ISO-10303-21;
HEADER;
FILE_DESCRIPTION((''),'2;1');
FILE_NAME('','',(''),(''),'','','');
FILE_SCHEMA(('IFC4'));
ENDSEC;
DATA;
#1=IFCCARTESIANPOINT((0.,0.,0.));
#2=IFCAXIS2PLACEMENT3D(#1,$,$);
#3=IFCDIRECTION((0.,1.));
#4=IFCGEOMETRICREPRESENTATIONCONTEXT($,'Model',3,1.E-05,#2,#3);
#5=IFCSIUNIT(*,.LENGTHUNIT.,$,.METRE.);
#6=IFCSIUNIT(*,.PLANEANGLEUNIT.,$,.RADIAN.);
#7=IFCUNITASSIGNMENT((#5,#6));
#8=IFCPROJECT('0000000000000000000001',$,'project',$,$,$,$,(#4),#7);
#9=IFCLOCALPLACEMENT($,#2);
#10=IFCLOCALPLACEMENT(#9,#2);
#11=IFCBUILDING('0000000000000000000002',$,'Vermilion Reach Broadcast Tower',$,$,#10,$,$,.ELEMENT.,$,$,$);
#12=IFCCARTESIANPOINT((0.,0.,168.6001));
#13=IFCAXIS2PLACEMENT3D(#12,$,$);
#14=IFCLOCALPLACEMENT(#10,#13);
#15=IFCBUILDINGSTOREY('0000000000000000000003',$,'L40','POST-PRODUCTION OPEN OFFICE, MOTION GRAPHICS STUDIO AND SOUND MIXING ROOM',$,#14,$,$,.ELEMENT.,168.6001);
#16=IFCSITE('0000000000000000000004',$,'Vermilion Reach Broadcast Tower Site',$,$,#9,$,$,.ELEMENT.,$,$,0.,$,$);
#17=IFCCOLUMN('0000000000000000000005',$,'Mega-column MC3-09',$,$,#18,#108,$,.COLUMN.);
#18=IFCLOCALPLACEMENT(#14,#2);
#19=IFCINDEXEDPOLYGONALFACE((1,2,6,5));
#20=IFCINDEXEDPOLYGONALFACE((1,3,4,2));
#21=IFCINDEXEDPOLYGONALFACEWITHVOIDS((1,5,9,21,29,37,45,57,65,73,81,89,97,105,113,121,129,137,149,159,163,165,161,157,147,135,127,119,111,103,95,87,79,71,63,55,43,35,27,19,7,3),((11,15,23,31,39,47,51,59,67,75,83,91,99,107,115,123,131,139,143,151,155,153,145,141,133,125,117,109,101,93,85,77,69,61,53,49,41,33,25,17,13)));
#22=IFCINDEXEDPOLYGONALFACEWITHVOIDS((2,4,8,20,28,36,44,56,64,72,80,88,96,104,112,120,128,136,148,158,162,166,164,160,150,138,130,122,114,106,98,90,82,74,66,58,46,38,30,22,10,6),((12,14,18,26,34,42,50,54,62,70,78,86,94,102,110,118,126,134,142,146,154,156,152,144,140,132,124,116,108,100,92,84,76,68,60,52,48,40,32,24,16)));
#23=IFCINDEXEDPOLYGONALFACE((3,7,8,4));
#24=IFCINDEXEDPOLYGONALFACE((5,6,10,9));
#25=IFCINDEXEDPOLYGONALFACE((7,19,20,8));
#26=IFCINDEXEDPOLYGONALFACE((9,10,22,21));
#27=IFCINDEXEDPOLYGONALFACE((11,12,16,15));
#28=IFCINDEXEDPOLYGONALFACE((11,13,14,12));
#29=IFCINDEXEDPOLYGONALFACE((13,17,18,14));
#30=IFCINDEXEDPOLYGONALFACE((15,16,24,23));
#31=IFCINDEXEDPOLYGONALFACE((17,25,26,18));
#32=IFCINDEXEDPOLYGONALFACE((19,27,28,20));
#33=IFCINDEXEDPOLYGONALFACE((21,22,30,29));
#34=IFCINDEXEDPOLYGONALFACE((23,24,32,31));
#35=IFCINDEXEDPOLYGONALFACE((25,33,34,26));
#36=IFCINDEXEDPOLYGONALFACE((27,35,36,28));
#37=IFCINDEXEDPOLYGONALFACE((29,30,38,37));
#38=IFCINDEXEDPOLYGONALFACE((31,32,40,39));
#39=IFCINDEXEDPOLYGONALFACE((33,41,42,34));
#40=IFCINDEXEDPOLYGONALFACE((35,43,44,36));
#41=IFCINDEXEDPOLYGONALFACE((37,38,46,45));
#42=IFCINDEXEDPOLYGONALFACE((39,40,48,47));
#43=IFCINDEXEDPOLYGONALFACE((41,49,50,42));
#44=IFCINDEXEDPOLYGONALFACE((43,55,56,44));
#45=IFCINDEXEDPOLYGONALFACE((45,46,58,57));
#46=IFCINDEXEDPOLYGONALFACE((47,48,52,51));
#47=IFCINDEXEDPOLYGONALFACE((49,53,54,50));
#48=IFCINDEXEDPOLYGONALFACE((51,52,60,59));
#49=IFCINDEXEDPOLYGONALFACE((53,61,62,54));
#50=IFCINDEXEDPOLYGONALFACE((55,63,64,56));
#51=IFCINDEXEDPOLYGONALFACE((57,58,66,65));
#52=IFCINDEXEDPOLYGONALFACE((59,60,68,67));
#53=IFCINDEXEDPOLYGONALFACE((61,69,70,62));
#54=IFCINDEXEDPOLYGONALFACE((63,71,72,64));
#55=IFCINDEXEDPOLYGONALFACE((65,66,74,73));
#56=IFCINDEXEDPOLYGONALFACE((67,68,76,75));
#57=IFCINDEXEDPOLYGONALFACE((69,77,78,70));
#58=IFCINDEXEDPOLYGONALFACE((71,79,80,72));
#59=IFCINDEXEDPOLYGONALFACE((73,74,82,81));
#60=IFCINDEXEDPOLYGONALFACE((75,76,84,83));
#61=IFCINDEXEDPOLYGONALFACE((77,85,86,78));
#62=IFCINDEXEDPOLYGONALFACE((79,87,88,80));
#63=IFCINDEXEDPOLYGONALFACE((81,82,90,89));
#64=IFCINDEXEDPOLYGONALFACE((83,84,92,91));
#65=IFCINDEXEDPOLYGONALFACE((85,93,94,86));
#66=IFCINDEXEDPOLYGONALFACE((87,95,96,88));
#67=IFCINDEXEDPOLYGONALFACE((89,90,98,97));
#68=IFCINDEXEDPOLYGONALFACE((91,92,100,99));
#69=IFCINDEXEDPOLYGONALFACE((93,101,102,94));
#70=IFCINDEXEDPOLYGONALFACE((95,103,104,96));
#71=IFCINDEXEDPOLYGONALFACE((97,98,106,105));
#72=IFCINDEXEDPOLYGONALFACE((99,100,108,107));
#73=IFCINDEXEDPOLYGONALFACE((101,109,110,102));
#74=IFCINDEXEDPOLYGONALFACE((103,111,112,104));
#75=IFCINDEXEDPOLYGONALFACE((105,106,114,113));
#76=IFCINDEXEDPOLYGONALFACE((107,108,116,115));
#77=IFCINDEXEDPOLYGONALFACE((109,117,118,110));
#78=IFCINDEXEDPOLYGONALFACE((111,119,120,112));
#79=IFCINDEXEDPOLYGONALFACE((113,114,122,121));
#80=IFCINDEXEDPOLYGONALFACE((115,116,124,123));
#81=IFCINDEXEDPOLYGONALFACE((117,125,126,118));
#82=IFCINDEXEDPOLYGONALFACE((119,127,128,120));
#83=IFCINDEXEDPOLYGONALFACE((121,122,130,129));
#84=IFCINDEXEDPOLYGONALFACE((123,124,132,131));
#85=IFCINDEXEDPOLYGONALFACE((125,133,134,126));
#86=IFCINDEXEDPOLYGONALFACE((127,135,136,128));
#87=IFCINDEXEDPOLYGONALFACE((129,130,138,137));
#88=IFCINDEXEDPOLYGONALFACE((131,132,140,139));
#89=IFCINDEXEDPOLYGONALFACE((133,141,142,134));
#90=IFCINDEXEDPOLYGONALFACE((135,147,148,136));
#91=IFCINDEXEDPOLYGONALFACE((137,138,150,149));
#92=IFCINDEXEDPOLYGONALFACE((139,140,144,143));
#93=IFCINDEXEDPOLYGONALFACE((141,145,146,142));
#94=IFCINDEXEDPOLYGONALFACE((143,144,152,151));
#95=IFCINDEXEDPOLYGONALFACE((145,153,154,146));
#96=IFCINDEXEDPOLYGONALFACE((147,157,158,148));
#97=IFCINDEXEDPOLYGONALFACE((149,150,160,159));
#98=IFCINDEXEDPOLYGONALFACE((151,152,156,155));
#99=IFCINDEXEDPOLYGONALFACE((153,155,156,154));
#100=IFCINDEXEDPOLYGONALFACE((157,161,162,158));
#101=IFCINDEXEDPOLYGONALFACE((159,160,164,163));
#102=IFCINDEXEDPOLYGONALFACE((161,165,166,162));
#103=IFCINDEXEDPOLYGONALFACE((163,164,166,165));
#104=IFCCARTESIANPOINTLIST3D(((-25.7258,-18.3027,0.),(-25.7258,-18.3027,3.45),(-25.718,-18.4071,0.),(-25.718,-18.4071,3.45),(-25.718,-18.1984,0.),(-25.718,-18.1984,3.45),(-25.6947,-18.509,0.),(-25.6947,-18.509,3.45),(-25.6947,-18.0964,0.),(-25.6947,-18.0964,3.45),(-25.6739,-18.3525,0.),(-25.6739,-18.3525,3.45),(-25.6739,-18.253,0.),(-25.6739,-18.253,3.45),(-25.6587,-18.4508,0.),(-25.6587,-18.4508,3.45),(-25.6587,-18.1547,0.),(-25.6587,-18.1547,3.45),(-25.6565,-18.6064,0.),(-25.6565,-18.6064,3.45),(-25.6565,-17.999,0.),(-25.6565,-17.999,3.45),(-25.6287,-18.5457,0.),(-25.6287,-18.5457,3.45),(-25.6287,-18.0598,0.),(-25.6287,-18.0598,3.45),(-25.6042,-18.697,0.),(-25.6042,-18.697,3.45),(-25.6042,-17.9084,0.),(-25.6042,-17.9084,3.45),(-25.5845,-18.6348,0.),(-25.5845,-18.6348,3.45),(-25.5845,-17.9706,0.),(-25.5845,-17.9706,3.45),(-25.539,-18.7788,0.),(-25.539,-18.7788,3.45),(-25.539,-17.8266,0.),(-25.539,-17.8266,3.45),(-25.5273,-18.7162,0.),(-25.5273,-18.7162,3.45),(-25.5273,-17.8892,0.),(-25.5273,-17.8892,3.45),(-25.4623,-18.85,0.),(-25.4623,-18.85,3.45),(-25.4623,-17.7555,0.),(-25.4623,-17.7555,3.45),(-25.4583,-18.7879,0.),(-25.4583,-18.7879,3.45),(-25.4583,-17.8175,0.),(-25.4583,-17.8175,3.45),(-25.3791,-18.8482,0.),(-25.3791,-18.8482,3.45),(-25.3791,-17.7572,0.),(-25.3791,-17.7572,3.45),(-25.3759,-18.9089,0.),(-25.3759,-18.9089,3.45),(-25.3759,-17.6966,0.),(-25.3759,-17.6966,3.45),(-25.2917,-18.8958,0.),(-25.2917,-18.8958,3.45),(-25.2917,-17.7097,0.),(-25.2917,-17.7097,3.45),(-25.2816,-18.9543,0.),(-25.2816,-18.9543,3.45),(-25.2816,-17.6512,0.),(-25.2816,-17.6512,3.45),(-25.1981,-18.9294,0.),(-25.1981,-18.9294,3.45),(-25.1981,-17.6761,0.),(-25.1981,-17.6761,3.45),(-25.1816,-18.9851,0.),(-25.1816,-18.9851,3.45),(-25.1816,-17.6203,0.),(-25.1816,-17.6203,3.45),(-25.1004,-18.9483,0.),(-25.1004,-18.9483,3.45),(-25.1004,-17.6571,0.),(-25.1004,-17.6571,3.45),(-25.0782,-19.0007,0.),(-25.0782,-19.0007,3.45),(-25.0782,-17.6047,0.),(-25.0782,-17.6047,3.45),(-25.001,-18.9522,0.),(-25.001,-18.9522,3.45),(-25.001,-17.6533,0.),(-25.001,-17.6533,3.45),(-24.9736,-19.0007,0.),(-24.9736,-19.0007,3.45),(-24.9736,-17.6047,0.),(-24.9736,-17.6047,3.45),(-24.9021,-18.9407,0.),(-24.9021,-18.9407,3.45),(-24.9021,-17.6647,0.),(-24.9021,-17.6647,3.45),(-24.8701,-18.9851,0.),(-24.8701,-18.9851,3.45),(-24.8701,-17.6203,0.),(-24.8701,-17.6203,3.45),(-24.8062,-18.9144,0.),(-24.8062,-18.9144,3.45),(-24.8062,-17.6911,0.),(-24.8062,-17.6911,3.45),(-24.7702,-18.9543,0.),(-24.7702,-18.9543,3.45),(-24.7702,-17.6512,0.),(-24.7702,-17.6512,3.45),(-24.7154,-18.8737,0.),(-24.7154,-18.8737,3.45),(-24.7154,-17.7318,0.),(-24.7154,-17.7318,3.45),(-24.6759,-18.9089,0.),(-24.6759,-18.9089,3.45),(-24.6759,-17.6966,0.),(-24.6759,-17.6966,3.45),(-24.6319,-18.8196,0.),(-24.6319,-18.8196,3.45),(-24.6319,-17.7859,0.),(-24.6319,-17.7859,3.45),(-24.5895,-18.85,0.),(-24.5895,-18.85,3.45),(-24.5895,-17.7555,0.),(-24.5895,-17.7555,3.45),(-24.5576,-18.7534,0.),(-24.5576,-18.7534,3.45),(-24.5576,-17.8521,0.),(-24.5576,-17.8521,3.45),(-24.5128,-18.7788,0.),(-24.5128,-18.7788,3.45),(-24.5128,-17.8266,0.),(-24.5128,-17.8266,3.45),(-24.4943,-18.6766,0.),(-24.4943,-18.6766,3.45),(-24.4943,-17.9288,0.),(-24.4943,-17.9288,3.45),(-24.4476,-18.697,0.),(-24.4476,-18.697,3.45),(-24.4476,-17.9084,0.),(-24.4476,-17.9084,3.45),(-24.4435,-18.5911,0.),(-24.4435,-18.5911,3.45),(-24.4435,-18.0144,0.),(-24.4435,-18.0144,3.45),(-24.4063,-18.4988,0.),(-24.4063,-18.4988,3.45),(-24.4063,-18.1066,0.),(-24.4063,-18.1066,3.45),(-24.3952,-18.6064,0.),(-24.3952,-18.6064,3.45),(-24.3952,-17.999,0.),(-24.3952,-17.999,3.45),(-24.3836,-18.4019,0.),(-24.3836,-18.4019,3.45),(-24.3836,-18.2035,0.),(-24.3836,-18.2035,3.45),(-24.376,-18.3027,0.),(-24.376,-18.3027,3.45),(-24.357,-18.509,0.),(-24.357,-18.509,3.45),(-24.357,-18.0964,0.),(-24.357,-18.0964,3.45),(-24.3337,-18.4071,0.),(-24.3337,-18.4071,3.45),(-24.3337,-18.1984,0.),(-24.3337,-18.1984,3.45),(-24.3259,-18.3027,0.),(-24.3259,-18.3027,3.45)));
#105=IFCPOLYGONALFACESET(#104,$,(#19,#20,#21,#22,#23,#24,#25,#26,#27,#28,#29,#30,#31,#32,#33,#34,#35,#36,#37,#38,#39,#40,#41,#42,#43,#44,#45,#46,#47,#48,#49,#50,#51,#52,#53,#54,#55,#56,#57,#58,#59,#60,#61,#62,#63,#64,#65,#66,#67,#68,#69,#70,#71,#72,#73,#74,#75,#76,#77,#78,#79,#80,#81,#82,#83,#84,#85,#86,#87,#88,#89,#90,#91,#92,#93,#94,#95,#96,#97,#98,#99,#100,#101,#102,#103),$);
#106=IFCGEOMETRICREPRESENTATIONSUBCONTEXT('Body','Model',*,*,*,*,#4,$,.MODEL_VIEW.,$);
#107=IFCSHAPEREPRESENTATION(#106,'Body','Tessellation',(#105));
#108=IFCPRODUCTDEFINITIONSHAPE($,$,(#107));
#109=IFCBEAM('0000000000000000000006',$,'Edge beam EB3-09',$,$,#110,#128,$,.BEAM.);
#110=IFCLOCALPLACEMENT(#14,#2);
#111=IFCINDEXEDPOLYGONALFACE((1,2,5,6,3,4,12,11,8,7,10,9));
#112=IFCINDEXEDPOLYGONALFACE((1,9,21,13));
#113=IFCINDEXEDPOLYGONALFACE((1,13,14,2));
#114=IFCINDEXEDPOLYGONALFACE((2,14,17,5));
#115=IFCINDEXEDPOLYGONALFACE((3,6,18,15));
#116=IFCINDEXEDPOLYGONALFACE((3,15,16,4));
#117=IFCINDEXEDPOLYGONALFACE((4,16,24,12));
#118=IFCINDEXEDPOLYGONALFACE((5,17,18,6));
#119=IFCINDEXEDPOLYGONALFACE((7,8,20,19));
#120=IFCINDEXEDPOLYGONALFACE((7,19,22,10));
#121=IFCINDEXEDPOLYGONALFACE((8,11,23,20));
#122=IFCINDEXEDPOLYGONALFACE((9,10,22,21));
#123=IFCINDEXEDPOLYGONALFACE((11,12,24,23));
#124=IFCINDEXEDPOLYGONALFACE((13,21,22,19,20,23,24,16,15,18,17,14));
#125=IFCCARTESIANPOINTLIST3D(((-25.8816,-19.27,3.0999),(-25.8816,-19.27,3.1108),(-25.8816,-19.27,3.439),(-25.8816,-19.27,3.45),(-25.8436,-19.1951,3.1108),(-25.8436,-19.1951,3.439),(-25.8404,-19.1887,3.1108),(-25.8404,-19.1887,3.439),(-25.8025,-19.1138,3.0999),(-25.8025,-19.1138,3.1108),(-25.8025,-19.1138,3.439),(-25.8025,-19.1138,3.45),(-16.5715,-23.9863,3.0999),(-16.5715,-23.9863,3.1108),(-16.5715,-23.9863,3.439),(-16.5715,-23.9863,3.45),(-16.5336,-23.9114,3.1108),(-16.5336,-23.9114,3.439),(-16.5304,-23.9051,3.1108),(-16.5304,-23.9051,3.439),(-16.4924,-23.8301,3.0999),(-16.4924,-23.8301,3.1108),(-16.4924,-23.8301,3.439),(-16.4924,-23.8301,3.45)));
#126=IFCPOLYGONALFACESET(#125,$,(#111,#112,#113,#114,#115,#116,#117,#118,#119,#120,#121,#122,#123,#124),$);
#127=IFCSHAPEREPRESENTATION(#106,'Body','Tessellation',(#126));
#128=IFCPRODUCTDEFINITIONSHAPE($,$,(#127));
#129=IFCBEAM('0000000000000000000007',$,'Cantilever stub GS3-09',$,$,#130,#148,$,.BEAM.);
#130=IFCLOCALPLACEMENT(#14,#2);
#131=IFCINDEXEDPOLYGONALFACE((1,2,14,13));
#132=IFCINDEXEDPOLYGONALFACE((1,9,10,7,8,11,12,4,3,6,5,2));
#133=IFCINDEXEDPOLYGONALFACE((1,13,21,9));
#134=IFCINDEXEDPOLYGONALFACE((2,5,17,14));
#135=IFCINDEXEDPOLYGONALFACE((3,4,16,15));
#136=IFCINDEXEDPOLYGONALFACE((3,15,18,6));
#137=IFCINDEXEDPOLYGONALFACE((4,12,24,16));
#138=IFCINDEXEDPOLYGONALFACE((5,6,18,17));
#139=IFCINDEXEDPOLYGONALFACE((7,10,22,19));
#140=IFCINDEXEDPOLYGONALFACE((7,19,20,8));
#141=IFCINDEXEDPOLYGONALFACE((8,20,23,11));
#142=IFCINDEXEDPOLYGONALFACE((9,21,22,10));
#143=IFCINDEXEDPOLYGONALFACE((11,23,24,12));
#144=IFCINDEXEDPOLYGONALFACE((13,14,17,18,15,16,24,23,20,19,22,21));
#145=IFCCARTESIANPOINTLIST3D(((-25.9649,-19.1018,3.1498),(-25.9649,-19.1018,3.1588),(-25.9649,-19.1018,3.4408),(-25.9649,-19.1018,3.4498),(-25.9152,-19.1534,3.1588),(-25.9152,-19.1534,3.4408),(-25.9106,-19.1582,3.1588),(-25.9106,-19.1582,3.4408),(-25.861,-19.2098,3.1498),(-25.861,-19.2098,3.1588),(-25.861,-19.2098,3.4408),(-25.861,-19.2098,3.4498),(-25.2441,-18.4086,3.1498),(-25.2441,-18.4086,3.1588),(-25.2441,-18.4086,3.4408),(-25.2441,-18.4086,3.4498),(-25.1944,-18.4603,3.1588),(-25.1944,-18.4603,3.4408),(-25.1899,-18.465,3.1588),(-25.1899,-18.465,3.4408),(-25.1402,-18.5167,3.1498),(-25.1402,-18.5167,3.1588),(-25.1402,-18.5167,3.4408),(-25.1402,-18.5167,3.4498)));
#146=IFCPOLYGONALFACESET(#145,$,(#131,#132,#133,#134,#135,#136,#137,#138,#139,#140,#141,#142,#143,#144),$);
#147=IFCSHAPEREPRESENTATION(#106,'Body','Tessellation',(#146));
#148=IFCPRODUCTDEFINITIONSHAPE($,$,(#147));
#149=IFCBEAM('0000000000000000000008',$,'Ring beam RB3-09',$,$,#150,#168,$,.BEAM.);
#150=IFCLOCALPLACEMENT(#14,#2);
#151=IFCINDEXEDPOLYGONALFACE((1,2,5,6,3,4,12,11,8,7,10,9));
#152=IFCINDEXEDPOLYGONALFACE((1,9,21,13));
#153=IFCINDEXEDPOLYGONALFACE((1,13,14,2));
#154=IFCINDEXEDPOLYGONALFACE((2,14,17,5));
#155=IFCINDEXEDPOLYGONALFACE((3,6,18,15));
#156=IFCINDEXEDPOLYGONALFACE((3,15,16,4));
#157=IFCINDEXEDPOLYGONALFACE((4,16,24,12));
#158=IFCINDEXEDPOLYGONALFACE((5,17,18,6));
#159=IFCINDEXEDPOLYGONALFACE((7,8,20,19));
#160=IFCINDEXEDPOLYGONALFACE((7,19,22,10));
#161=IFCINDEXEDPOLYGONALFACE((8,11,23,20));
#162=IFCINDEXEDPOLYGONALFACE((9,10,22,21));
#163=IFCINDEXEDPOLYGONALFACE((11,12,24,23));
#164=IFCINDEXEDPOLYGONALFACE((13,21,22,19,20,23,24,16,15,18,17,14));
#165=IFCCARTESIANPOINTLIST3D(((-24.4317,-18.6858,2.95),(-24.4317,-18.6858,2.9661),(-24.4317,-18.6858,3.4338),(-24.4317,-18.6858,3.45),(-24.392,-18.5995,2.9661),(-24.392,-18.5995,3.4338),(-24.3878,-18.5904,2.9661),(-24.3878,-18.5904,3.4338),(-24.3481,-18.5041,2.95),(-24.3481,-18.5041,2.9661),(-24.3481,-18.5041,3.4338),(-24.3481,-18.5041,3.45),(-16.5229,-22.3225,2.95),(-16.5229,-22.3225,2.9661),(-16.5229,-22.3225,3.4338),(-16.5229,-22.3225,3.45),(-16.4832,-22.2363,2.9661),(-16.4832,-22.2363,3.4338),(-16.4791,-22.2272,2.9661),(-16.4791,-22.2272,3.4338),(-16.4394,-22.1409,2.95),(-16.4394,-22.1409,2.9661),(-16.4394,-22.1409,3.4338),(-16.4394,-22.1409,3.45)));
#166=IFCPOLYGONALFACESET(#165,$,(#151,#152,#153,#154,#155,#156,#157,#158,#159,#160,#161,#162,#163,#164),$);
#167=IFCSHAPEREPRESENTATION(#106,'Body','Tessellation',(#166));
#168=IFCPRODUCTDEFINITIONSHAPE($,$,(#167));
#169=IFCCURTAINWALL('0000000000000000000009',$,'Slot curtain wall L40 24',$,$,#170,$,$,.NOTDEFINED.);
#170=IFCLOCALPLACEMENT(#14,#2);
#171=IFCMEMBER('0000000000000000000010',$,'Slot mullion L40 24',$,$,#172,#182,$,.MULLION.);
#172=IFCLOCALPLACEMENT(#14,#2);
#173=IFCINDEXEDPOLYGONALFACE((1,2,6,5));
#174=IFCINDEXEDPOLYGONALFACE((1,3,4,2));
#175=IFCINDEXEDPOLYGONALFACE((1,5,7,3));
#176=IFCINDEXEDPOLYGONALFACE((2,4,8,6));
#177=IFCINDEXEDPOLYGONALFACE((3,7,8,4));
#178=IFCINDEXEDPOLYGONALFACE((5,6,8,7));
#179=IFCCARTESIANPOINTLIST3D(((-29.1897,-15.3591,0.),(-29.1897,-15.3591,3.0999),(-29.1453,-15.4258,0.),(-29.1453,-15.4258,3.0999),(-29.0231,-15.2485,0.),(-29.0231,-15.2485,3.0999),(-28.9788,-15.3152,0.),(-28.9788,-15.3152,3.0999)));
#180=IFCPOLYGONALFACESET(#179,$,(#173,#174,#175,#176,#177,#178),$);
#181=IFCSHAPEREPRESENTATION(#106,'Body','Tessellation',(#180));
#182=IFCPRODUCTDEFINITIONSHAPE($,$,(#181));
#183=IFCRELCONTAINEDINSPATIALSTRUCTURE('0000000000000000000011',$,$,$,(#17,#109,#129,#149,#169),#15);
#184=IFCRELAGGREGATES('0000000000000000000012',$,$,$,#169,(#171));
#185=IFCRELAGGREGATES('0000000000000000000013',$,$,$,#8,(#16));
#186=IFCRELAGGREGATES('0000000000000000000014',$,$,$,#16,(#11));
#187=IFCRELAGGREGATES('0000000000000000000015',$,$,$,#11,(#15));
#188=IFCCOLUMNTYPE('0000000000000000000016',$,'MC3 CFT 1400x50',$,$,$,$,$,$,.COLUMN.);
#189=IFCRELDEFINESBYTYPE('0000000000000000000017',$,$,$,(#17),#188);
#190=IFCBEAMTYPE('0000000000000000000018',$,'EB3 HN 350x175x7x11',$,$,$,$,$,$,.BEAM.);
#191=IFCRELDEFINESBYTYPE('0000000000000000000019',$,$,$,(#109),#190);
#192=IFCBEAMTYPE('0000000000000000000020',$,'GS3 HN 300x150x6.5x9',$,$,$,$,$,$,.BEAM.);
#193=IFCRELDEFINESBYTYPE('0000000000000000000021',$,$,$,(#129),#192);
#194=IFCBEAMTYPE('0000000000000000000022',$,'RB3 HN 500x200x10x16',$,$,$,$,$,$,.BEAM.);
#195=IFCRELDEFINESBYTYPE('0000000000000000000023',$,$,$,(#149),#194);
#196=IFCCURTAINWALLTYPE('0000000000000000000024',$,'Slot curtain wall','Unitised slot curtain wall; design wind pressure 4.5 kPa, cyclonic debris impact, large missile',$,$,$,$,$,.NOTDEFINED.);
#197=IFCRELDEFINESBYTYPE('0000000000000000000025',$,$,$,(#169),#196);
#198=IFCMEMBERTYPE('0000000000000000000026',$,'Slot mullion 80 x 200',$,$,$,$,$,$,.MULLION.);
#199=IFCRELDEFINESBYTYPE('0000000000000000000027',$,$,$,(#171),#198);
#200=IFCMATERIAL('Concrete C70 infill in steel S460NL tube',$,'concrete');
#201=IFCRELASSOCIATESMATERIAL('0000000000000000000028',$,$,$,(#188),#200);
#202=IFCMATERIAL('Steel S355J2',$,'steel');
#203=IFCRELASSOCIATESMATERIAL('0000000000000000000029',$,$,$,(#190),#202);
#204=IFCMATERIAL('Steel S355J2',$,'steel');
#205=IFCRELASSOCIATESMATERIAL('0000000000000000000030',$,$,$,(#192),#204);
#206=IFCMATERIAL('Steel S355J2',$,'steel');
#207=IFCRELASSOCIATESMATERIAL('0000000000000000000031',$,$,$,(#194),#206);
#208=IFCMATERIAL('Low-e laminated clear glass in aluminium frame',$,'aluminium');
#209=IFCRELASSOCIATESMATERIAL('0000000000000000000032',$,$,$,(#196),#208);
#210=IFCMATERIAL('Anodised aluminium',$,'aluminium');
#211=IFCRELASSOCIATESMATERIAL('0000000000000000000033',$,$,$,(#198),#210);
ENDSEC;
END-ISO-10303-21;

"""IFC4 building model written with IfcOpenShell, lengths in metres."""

from ifc_helpers import new_model, si_unit, direction, frame, origin, origin_2d, place, context, subcontext, project, spatial, rectangle, hollow_circle, i_section, extrude, material, material_profile, profile_set, type_object, element, aggregate, save


model = new_model("IFC4")

# Units and contexts
model_context = context("Model", 3, precision=1e-05, world=origin(), true_north=direction((0.0, 1.0)))
body_context = subcontext(model_context, "Body", "Model", "MODEL_VIEW")
ifc_project = project(units=[si_unit("LENGTHUNIT", "METRE"), si_unit("PLANEANGLEUNIT", "RADIAN")], contexts=[model_context])

# Site, building, storey
site_placement = place(None, origin())
site = spatial("IfcSite", under=ifc_project, at=site_placement, Name="Vermilion Reach Broadcast Tower Site", CompositionType="ELEMENT", RefElevation=0.0)
building_placement = place(site_placement, origin())
building = spatial("IfcBuilding", under=site, at=building_placement, Name="Vermilion Reach Broadcast Tower", CompositionType="ELEMENT")
storey_placement = place(building_placement, frame((0.0, 0.0, 168.6001)))
storey = spatial("IfcBuildingStorey", under=building, at=storey_placement, Name="L40", Description="POST-PRODUCTION OPEN OFFICE, MOTION GRAPHICS STUDIO AND SOUND MIXING ROOM", CompositionType="ELEMENT", Elevation=168.6001)

# Column
ifc_material_1 = material(Name="Concrete C70 infill in steel S460NL tube", Category="concrete")
ifc_material_profile_1 = material_profile(ifc_material_1, hollow_circle(Radius=0.7, WallThickness=0.05, at=origin_2d()), Name="Concrete C70 infill in steel S460NL tube CFT 1400x50")
ifc_profile_set_1 = profile_set([ifc_material_profile_1], Name="Concrete C70 infill in steel S460NL tube")
column_type = type_object("IfcColumnType", Name="MC3 CFT 1400x50", PredefinedType="COLUMN", material=ifc_profile_set_1)
column_placement = place(storey_placement, frame((-25.0259, -18.3027, 0.0), z_axis=(0.0, 0.0, 1.0), x_axis=(1.0, 0.0, 0.0)))
element("IfcColumn", 1, at=column_placement, inside=storey, type_object=column_type, Name="Mega-column MC3-09", PredefinedType="COLUMN", context=body_context, shape_type="SweptSolid", body=[
    extrude(hollow_circle(Radius=0.7, WallThickness=0.05, at=origin_2d()), origin(), (0.0, 0.0, 1.0), 3.45),
])

# Beams
ifc_material_2 = material(Name="Steel S355J2", Category="steel")
ifc_material_profile_2 = material_profile(ifc_material_2, i_section(OverallWidth=0.175, OverallDepth=0.3501, WebThickness=0.0071, FlangeThickness=0.011, at=origin_2d()), Name="S355J2 HN 350x175x7x11")
ifc_profile_set_2 = profile_set([ifc_material_profile_2], Name="Steel S355J2")
beam_type_1 = type_object("IfcBeamType", Name="EB3 HN 350x175x7x11", PredefinedType="BEAM", material=ifc_profile_set_2)
beam_1_placement = place(storey_placement, frame((-25.842, -19.1919, 3.2749), z_axis=(0.892066, -0.451905, 0.0), x_axis=(0.451905, 0.892066, 0.0)))
element("IfcBeam", 2, at=beam_1_placement, inside=storey, type_object=beam_type_1, Name="Edge beam EB3-09", PredefinedType="BEAM", context=body_context, shape_type="SweptSolid", body=[
    extrude(i_section(OverallWidth=0.175, OverallDepth=0.3501, WebThickness=0.0071, FlangeThickness=0.011, at=origin_2d()), origin(), (0.0, 0.0, 1.0), 10.4365),
])
ifc_material_3 = material(Name="Steel S355J2", Category="steel")
ifc_material_profile_3 = material_profile(ifc_material_3, i_section(OverallWidth=0.1499, OverallDepth=0.3, WebThickness=0.0066, FlangeThickness=0.009, at=origin_2d()), Name="S355J2 HN 300x150x6.5x9")
ifc_profile_set_3 = profile_set([ifc_material_profile_3], Name="Steel S355J2")
beam_type_2 = type_object("IfcBeamType", Name="GS3 HN 300x150x6.5x9", PredefinedType="BEAM", material=ifc_profile_set_3)
beam_2_placement = place(storey_placement, frame((-25.1921, -18.4626, 3.2998), z_axis=(-0.720767, -0.693177, 0.0), x_axis=(0.693177, -0.720767, 0.0)))
element("IfcBeam", 3, at=beam_2_placement, inside=storey, type_object=beam_type_2, Name="Cantilever stub GS3-09", PredefinedType="BEAM", context=body_context, shape_type="SweptSolid", body=[
    extrude(i_section(OverallWidth=0.1499, OverallDepth=0.3, WebThickness=0.0066, FlangeThickness=0.009, at=origin_2d()), origin(), (0.0, 0.0, 1.0), 1.0),
])
ifc_material_4 = material(Name="Steel S355J2", Category="steel")
ifc_material_profile_4 = material_profile(ifc_material_4, i_section(OverallWidth=0.2, OverallDepth=0.5, WebThickness=0.01, FlangeThickness=0.0161, at=origin_2d()), Name="S355J2 HN 500x200x10x16")
ifc_profile_set_4 = profile_set([ifc_material_profile_4], Name="Steel S355J2")
beam_type_3 = type_object("IfcBeamType", Name="RB3 HN 500x200x10x16", PredefinedType="BEAM", material=ifc_profile_set_4)
beam_3_placement = place(storey_placement, frame((-24.3899, -18.595, 3.2), z_axis=(0.908546, -0.417784, 0.0), x_axis=(0.417784, 0.908546, 0.0)))
element("IfcBeam", 4, at=beam_3_placement, inside=storey, type_object=beam_type_3, Name="Ring beam RB3-09", PredefinedType="BEAM", context=body_context, shape_type="SweptSolid", body=[
    extrude(i_section(OverallWidth=0.2, OverallDepth=0.5, WebThickness=0.01, FlangeThickness=0.0161, at=origin_2d()), origin(), (0.0, 0.0, 1.0), 8.7048),
])

# Curtain wall, member
ifc_material_5 = material(Name="Low-e laminated clear glass in aluminium frame", Category="aluminium")
curtain_wall_type = type_object("IfcCurtainWallType", Name="Slot curtain wall", Description="Unitised slot curtain wall; design wind pressure 4.5 kPa, cyclonic debris impact, large missile", PredefinedType="NOTDEFINED", material=ifc_material_5)
placement = place(storey_placement, origin())
curtain_wall_1 = element("IfcCurtainWall", 5, at=placement, inside=storey, type_object=curtain_wall_type, Name="Slot curtain wall L40 24", PredefinedType="NOTDEFINED")
ifc_material_6 = material(Name="Anodised aluminium", Category="aluminium")
ifc_material_profile_5 = material_profile(ifc_material_6, rectangle(XDim=0.2, YDim=0.0801, at=origin_2d()), Name="Slot mullion 80 x 200")
ifc_profile_set_5 = profile_set([ifc_material_profile_5], Name="Anodised aluminium")
member_type_1 = type_object("IfcMemberType", Name="Slot mullion 80 x 200", PredefinedType="MULLION", material=ifc_profile_set_5)
member_1_placement = place(storey_placement, frame((-29.0842, -15.3372, 0.0), z_axis=(0.0, 0.0, 1.0), x_axis=(0.832921, 0.553391, 0.0)))
member_1 = element("IfcMember", 6, at=member_1_placement, type_object=member_type_1, Name="Slot mullion L40 24", PredefinedType="MULLION", context=body_context, shape_type="SweptSolid", body=[
    extrude(rectangle(XDim=0.2, YDim=0.0801, at=origin_2d()), origin(), (0.0, 0.0, 1.0), 3.0999),
])

aggregate(curtain_wall_1, [member_1])

save(model, "model.ifc")
